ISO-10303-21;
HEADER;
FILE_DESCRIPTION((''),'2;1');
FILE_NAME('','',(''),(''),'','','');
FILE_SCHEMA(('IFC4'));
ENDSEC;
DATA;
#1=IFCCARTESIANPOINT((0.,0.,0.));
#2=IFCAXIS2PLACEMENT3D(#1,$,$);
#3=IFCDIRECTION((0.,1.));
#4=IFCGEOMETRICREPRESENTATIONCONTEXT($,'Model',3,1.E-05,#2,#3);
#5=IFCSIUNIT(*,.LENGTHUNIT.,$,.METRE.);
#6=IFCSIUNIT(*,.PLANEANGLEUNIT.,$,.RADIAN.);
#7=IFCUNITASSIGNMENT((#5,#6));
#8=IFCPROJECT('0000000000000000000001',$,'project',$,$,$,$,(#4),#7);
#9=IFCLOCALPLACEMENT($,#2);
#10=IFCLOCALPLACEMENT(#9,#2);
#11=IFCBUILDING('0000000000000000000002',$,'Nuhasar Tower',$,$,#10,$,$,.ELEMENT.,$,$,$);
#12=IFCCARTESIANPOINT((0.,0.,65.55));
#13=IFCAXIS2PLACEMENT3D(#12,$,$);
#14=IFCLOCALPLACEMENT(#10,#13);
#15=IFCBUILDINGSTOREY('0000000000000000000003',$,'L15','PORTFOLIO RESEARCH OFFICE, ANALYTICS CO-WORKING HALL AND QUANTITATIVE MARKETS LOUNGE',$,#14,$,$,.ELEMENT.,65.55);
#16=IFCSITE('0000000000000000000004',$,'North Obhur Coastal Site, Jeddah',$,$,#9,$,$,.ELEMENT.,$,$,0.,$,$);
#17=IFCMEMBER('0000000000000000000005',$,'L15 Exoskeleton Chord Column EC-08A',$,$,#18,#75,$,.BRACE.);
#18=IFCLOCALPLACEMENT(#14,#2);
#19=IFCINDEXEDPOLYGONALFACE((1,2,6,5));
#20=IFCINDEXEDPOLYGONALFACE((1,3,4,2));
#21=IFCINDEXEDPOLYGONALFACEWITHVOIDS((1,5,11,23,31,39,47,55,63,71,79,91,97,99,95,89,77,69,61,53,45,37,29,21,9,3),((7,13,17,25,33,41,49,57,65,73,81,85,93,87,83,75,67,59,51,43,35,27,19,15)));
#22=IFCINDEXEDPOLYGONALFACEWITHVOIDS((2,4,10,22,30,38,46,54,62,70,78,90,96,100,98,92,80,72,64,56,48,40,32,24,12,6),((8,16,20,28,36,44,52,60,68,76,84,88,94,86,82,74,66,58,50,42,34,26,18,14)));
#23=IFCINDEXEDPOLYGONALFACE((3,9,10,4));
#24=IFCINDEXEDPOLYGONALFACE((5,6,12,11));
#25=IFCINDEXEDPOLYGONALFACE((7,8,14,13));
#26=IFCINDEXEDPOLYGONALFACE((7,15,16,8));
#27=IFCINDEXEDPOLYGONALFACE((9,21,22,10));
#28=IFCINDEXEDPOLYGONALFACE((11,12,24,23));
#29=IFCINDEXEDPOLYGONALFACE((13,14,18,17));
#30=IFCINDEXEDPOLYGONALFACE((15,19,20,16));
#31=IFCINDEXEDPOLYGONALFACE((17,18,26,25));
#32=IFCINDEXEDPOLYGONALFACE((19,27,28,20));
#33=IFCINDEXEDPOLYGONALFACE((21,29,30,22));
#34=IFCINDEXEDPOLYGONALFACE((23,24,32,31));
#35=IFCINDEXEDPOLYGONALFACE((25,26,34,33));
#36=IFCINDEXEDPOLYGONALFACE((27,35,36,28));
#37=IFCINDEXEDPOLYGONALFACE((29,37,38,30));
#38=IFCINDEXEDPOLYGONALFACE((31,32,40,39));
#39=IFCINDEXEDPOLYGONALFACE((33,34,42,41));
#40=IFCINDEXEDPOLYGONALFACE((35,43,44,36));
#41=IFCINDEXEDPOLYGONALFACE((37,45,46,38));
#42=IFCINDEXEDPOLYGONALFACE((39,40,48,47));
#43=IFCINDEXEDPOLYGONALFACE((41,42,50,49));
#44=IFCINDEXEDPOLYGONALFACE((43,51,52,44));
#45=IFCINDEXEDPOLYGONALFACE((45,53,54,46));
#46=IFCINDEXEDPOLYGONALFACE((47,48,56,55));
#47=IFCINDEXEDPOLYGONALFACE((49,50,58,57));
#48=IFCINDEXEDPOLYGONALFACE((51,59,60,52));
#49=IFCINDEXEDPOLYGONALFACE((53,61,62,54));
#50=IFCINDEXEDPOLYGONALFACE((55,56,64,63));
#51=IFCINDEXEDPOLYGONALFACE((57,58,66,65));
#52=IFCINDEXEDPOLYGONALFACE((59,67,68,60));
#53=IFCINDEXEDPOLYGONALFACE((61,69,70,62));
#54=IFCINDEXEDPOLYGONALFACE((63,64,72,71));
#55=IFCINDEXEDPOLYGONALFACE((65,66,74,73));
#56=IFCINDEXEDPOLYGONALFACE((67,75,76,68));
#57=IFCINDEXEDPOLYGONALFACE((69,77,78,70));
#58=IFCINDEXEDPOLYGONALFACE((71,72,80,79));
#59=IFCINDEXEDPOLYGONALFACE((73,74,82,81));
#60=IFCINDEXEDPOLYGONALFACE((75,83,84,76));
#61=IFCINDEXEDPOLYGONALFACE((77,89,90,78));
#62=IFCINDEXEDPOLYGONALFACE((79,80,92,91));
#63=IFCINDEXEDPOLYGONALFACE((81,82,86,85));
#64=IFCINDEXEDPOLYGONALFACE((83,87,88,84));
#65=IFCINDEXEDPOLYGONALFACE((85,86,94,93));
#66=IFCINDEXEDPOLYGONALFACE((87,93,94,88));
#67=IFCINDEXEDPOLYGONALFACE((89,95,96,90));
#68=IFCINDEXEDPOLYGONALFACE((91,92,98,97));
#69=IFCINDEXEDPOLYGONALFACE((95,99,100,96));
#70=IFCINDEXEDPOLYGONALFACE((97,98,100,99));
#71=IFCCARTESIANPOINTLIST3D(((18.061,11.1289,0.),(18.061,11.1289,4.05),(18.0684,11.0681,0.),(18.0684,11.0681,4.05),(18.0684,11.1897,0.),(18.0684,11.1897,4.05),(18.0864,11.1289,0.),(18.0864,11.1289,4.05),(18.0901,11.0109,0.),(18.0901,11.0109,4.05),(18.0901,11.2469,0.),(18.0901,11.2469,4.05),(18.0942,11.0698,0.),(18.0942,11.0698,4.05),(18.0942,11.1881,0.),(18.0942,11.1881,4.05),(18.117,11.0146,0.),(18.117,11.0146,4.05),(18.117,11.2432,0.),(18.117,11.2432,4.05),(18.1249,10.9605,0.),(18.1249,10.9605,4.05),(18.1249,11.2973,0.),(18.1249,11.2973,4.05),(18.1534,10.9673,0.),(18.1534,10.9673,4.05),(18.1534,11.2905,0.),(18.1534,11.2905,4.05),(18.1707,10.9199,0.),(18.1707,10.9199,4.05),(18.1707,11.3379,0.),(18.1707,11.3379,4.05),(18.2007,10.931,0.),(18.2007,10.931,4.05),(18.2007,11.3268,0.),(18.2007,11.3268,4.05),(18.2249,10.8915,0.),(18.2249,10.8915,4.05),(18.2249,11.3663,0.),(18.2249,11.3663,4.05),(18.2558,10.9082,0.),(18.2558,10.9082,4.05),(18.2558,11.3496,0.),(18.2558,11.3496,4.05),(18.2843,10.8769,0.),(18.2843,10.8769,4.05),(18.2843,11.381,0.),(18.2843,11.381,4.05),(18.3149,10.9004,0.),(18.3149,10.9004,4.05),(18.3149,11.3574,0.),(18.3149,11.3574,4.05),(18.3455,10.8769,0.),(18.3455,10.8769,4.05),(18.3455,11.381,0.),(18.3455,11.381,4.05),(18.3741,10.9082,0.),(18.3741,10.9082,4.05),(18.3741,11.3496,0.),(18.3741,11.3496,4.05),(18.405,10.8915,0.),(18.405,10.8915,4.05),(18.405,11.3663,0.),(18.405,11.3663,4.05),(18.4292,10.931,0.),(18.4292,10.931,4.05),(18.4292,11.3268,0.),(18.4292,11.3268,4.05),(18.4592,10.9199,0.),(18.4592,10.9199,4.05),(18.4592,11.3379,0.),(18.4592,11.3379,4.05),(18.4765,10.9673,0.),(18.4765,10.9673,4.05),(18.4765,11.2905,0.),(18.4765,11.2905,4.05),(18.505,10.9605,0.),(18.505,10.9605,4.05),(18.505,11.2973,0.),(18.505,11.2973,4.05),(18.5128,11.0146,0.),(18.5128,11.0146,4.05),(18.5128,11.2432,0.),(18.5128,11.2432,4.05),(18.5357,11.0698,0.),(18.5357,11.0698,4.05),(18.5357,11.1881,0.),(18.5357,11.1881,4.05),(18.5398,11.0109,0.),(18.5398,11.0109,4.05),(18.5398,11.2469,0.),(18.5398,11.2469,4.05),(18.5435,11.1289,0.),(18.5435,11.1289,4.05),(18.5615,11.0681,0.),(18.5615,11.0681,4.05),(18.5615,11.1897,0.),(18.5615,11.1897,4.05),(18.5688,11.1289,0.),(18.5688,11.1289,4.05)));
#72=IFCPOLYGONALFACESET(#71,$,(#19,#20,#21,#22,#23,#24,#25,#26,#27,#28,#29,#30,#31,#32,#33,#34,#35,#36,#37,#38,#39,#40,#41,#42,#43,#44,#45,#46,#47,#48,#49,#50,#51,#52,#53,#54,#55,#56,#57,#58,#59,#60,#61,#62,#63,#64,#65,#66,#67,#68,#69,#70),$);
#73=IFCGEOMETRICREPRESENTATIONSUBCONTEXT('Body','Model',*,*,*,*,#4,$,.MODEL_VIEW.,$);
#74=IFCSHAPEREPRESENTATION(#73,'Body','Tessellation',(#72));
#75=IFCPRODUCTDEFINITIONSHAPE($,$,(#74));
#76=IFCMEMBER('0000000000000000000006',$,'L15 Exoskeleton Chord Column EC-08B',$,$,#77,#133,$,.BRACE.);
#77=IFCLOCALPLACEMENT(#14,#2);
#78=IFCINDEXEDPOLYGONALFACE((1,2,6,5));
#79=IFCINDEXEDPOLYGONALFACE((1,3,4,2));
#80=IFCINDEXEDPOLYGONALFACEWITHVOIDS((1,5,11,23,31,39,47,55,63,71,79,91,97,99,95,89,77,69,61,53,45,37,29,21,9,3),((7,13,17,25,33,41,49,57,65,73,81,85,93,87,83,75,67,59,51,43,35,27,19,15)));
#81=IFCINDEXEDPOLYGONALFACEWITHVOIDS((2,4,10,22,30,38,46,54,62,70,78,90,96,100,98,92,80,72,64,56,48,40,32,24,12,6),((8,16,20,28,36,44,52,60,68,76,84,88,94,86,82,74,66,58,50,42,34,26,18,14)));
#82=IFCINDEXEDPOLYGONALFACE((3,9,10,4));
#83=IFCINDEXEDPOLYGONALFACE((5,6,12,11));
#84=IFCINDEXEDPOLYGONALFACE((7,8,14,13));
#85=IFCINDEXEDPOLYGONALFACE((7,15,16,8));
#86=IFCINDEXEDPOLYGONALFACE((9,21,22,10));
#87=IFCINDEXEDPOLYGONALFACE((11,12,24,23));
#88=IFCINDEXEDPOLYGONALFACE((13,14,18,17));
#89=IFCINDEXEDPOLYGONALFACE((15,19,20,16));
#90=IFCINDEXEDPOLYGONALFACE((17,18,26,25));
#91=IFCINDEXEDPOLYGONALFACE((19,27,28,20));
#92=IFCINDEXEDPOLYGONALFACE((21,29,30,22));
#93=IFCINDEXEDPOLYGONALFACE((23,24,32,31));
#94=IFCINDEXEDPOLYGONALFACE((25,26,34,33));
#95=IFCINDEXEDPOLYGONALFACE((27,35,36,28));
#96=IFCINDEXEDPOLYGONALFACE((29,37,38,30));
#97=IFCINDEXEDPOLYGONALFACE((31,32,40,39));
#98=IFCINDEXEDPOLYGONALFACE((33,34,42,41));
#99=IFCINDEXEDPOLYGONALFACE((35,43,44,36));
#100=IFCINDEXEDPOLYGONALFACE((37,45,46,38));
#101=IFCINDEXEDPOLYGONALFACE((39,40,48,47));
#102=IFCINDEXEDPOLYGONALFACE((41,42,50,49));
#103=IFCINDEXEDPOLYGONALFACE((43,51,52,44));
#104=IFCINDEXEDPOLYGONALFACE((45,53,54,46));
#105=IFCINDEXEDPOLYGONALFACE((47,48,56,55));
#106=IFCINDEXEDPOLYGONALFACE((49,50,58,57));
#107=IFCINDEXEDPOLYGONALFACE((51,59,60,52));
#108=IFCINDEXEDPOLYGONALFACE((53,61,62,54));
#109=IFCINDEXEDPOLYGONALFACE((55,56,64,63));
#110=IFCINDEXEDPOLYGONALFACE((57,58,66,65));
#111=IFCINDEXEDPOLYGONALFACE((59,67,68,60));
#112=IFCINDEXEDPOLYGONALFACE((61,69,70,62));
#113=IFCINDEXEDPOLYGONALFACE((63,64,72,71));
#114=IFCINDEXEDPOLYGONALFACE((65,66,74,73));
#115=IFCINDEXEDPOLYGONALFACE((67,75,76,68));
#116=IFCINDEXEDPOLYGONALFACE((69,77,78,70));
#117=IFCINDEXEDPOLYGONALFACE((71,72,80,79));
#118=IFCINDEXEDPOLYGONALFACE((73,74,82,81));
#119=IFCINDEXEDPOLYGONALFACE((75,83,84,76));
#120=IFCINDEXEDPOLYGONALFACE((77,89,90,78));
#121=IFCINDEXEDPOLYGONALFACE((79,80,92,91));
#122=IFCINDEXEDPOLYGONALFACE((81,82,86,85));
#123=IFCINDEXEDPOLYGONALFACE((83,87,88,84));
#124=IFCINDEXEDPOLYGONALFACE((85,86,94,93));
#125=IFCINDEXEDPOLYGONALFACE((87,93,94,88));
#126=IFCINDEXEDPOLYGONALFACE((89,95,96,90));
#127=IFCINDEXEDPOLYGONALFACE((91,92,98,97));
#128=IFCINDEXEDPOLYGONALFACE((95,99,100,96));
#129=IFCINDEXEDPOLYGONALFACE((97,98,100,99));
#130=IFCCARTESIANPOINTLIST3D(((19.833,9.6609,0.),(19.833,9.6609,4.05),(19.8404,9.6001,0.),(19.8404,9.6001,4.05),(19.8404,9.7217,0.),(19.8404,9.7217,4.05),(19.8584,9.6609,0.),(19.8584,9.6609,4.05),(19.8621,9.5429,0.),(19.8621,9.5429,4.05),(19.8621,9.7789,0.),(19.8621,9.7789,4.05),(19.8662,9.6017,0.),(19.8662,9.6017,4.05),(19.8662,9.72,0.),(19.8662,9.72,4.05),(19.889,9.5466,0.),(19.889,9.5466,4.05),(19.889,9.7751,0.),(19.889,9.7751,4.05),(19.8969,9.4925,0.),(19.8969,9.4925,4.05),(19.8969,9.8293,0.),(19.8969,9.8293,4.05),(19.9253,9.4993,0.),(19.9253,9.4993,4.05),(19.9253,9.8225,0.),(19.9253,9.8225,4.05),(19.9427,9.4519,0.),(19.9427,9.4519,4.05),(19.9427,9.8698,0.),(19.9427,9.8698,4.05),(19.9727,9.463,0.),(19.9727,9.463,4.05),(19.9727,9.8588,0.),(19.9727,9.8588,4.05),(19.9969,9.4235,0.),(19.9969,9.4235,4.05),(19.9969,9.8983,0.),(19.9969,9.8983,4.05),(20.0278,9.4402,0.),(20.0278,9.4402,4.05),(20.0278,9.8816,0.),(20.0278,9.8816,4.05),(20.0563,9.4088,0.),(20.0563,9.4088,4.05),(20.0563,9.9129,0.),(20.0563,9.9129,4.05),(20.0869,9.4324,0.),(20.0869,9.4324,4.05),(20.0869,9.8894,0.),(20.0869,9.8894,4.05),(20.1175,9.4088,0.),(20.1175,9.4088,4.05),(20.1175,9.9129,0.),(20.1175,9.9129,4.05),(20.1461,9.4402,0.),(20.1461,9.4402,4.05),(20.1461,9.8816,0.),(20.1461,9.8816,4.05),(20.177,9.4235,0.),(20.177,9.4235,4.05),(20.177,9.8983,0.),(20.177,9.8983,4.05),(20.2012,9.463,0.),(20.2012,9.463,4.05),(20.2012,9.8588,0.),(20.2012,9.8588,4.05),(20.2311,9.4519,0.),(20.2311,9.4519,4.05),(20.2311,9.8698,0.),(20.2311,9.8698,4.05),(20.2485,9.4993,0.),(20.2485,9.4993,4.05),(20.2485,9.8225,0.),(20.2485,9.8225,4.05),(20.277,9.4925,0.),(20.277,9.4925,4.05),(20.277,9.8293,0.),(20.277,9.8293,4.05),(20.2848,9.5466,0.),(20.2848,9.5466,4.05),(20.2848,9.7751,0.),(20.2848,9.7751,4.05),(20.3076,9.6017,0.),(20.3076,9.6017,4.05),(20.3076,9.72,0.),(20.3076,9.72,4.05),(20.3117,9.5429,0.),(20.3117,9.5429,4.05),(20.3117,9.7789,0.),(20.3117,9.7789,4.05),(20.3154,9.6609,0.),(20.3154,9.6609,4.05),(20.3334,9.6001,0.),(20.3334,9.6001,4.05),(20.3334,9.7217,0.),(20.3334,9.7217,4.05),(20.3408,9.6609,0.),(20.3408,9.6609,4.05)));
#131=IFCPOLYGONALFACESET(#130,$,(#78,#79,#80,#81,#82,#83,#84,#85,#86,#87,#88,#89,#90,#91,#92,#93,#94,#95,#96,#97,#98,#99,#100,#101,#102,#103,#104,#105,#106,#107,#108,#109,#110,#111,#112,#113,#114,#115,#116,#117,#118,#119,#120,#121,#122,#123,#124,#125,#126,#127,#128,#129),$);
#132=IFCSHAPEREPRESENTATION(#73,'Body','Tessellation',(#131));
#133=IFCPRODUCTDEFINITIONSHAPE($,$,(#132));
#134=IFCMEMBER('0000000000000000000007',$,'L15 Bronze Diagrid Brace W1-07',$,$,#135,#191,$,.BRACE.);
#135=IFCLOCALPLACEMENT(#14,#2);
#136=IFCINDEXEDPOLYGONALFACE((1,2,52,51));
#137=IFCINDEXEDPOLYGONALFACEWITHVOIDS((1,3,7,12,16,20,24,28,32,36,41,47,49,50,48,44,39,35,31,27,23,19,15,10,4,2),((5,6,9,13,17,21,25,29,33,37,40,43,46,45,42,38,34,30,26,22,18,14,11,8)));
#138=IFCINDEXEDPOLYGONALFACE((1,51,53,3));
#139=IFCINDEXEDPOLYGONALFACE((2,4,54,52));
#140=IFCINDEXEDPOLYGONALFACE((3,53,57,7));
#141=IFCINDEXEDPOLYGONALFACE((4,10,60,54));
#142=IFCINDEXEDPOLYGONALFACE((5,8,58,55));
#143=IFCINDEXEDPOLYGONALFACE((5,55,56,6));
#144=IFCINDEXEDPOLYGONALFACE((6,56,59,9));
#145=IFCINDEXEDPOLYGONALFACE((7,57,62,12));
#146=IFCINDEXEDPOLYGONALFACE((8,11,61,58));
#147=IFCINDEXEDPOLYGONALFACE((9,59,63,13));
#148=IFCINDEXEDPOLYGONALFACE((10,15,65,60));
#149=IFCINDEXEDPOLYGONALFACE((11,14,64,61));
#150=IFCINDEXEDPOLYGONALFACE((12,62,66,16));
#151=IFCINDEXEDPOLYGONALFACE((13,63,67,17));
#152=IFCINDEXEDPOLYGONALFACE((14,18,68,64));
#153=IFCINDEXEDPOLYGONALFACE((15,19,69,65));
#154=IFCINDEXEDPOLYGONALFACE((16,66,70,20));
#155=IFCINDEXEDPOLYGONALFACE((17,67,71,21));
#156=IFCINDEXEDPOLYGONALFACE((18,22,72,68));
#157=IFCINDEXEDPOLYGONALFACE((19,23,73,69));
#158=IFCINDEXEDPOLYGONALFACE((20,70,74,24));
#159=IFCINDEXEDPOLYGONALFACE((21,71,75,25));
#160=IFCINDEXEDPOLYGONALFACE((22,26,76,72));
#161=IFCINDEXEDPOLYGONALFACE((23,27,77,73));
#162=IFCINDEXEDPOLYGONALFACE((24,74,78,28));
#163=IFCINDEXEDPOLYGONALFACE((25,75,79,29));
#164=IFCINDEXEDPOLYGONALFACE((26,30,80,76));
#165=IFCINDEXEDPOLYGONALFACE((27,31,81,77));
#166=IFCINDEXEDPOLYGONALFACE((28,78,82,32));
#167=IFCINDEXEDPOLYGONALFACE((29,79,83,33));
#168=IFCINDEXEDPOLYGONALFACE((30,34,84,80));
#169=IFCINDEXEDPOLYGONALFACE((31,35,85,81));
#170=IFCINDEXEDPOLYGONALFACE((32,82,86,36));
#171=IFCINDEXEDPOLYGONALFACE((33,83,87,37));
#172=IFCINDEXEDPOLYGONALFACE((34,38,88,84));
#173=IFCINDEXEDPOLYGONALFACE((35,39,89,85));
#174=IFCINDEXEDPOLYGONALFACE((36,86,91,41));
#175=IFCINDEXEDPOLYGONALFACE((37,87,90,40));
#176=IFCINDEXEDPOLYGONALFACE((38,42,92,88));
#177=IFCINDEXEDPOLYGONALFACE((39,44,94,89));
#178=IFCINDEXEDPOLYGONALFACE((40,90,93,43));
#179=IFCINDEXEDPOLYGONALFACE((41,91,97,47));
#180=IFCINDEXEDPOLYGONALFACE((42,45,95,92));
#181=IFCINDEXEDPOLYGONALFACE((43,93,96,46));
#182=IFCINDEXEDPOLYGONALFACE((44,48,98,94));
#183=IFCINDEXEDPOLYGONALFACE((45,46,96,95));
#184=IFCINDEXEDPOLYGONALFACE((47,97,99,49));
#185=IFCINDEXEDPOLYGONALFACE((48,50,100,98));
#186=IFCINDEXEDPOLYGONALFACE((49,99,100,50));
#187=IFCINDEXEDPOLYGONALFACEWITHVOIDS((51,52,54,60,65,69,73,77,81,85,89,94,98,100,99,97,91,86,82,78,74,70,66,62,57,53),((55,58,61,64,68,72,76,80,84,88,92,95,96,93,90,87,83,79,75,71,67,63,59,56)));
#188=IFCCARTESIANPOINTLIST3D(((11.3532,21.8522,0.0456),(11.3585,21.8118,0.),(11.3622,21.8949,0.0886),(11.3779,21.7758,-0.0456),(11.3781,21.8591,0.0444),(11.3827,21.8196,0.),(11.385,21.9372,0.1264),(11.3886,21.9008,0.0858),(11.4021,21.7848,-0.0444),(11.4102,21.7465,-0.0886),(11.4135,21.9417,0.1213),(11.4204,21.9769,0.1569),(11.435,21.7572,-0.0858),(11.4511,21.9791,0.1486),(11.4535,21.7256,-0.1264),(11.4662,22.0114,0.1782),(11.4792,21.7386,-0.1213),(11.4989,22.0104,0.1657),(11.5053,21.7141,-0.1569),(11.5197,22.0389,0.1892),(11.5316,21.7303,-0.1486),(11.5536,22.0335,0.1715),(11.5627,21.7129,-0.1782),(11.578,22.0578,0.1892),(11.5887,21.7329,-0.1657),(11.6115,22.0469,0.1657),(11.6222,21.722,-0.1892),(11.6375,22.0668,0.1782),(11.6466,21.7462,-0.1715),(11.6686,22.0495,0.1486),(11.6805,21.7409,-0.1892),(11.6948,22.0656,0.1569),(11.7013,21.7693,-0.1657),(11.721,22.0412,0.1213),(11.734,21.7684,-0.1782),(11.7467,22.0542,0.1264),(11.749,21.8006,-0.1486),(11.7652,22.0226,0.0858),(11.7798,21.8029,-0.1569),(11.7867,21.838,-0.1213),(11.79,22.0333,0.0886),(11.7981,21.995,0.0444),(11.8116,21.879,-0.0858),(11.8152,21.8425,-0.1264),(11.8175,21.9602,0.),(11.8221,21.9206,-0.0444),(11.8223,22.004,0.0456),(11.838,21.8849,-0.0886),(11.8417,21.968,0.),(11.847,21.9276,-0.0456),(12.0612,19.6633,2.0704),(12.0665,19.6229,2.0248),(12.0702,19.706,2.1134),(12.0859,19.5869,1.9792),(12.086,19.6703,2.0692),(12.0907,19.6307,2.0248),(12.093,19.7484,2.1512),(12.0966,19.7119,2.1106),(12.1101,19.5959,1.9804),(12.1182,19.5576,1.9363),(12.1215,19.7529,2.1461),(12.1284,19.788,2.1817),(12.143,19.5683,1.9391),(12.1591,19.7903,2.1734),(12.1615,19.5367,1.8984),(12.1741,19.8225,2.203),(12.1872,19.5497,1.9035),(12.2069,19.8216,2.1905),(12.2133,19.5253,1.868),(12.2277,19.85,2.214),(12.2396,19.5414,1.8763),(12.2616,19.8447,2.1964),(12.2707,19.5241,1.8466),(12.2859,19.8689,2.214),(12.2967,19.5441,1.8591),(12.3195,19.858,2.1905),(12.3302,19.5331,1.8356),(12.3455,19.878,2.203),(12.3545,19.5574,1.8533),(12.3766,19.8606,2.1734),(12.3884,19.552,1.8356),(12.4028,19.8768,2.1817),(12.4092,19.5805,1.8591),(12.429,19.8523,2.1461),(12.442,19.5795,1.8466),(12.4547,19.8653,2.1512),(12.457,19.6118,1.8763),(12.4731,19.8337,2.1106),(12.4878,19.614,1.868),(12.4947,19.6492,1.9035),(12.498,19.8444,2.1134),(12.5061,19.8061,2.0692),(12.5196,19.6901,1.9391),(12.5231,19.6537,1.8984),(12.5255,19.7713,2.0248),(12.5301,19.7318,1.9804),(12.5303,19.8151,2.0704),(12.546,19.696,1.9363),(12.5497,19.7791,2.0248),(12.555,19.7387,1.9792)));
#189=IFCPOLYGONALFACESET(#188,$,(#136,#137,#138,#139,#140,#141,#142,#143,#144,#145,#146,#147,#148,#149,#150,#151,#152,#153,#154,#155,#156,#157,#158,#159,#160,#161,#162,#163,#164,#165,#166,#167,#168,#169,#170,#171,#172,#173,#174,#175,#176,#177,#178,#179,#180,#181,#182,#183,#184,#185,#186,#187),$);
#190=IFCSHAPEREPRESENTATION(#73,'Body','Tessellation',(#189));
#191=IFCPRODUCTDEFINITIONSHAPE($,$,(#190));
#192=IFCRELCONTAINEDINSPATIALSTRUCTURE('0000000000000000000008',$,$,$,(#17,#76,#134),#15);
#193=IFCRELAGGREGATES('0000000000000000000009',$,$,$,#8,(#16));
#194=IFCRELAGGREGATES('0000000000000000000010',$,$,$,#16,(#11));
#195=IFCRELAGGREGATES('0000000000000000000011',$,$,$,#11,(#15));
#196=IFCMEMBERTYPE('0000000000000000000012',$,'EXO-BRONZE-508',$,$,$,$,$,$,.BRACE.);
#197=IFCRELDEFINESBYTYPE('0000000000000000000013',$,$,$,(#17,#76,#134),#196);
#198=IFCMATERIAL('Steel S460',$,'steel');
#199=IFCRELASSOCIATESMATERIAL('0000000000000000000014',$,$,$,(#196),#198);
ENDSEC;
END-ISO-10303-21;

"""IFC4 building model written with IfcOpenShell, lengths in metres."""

from ifc_helpers import new_model, si_unit, direction, frame, origin, origin_2d, place, context, subcontext, project, spatial, hollow_circle, extrude, material, material_profile, profile_set, type_object, element, save


model = new_model("IFC4")

# Units and contexts
model_context = context("Model", 3, precision=1e-05, world=origin(), true_north=direction((0.0, 1.0)))
body_context = subcontext(model_context, "Body", "Model", "MODEL_VIEW")
ifc_project = project(units=[si_unit("LENGTHUNIT", "METRE"), si_unit("PLANEANGLEUNIT", "RADIAN")], contexts=[model_context])

# Site, building, storey
site_placement = place(None, origin())
site = spatial("IfcSite", under=ifc_project, at=site_placement, Name="North Obhur Coastal Site, Jeddah", CompositionType="ELEMENT", RefElevation=0.0)
building_placement = place(site_placement, origin())
building = spatial("IfcBuilding", under=site, at=building_placement, Name="Nuhasar Tower", CompositionType="ELEMENT")
storey_placement = place(building_placement, frame((0.0, 0.0, 65.55)))
storey = spatial("IfcBuildingStorey", under=building, at=storey_placement, Name="L15", Description="PORTFOLIO RESEARCH OFFICE, ANALYTICS CO-WORKING HALL AND QUANTITATIVE MARKETS LOUNGE", CompositionType="ELEMENT", Elevation=65.55)

# Members
ifc_material_1 = material(Name="Steel S460", Category="steel")
ifc_material_profile_1 = material_profile(ifc_material_1, hollow_circle(Radius=0.2539, WallThickness=0.0254, at=origin_2d()), Name="HSS508X25.4")
ifc_profile_set_1 = profile_set([ifc_material_profile_1], Name="Steel S460")
member_type_1 = type_object("IfcMemberType", Name="EXO-BRONZE-508", PredefinedType="BRACE", material=ifc_profile_set_1)
for number, where, z_axis, x_axis, name in (
    (1, (18.3149, 11.1289, 0.0), (0.0, 0.0, 1.0), (1.0, 0.0, 0.0), "L15 Exoskeleton Chord Column EC-08A"),
    (2, (20.0869, 9.6609, 0.0), (0.0, 0.0, 1.0), (1.0, 0.0, 0.0), "L15 Exoskeleton Chord Column EC-08B"),
):
    element("IfcMember", number, at=place(storey_placement, frame(where, z_axis=z_axis, x_axis=x_axis)), inside=storey, type_object=member_type_1, Name=name, PredefinedType="BRACE", context=body_context, shape_type="SweptSolid", body=[
        extrude(hollow_circle(Radius=0.2539, WallThickness=0.0254, at=origin_2d()), origin(), (0.0, 0.0, 1.0), 4.05),
    ])
member_1_placement = place(storey_placement, frame((11.6001, 21.8899, 0.0), z_axis=(0.231012, -0.714225, 0.660694), x_axis=(0.951468, 0.307747, 0.0)))
element("IfcMember", 3, at=member_1_placement, inside=storey, type_object=member_type_1, Name="L15 Bronze Diagrid Brace W1-07", PredefinedType="BRACE", context=body_context, shape_type="SweptSolid", body=[
    extrude(hollow_circle(Radius=0.2539, WallThickness=0.0254, at=origin_2d()), origin(), (0.0, 0.0, 1.0), 3.0647),
])

save(model, "model.ifc")
